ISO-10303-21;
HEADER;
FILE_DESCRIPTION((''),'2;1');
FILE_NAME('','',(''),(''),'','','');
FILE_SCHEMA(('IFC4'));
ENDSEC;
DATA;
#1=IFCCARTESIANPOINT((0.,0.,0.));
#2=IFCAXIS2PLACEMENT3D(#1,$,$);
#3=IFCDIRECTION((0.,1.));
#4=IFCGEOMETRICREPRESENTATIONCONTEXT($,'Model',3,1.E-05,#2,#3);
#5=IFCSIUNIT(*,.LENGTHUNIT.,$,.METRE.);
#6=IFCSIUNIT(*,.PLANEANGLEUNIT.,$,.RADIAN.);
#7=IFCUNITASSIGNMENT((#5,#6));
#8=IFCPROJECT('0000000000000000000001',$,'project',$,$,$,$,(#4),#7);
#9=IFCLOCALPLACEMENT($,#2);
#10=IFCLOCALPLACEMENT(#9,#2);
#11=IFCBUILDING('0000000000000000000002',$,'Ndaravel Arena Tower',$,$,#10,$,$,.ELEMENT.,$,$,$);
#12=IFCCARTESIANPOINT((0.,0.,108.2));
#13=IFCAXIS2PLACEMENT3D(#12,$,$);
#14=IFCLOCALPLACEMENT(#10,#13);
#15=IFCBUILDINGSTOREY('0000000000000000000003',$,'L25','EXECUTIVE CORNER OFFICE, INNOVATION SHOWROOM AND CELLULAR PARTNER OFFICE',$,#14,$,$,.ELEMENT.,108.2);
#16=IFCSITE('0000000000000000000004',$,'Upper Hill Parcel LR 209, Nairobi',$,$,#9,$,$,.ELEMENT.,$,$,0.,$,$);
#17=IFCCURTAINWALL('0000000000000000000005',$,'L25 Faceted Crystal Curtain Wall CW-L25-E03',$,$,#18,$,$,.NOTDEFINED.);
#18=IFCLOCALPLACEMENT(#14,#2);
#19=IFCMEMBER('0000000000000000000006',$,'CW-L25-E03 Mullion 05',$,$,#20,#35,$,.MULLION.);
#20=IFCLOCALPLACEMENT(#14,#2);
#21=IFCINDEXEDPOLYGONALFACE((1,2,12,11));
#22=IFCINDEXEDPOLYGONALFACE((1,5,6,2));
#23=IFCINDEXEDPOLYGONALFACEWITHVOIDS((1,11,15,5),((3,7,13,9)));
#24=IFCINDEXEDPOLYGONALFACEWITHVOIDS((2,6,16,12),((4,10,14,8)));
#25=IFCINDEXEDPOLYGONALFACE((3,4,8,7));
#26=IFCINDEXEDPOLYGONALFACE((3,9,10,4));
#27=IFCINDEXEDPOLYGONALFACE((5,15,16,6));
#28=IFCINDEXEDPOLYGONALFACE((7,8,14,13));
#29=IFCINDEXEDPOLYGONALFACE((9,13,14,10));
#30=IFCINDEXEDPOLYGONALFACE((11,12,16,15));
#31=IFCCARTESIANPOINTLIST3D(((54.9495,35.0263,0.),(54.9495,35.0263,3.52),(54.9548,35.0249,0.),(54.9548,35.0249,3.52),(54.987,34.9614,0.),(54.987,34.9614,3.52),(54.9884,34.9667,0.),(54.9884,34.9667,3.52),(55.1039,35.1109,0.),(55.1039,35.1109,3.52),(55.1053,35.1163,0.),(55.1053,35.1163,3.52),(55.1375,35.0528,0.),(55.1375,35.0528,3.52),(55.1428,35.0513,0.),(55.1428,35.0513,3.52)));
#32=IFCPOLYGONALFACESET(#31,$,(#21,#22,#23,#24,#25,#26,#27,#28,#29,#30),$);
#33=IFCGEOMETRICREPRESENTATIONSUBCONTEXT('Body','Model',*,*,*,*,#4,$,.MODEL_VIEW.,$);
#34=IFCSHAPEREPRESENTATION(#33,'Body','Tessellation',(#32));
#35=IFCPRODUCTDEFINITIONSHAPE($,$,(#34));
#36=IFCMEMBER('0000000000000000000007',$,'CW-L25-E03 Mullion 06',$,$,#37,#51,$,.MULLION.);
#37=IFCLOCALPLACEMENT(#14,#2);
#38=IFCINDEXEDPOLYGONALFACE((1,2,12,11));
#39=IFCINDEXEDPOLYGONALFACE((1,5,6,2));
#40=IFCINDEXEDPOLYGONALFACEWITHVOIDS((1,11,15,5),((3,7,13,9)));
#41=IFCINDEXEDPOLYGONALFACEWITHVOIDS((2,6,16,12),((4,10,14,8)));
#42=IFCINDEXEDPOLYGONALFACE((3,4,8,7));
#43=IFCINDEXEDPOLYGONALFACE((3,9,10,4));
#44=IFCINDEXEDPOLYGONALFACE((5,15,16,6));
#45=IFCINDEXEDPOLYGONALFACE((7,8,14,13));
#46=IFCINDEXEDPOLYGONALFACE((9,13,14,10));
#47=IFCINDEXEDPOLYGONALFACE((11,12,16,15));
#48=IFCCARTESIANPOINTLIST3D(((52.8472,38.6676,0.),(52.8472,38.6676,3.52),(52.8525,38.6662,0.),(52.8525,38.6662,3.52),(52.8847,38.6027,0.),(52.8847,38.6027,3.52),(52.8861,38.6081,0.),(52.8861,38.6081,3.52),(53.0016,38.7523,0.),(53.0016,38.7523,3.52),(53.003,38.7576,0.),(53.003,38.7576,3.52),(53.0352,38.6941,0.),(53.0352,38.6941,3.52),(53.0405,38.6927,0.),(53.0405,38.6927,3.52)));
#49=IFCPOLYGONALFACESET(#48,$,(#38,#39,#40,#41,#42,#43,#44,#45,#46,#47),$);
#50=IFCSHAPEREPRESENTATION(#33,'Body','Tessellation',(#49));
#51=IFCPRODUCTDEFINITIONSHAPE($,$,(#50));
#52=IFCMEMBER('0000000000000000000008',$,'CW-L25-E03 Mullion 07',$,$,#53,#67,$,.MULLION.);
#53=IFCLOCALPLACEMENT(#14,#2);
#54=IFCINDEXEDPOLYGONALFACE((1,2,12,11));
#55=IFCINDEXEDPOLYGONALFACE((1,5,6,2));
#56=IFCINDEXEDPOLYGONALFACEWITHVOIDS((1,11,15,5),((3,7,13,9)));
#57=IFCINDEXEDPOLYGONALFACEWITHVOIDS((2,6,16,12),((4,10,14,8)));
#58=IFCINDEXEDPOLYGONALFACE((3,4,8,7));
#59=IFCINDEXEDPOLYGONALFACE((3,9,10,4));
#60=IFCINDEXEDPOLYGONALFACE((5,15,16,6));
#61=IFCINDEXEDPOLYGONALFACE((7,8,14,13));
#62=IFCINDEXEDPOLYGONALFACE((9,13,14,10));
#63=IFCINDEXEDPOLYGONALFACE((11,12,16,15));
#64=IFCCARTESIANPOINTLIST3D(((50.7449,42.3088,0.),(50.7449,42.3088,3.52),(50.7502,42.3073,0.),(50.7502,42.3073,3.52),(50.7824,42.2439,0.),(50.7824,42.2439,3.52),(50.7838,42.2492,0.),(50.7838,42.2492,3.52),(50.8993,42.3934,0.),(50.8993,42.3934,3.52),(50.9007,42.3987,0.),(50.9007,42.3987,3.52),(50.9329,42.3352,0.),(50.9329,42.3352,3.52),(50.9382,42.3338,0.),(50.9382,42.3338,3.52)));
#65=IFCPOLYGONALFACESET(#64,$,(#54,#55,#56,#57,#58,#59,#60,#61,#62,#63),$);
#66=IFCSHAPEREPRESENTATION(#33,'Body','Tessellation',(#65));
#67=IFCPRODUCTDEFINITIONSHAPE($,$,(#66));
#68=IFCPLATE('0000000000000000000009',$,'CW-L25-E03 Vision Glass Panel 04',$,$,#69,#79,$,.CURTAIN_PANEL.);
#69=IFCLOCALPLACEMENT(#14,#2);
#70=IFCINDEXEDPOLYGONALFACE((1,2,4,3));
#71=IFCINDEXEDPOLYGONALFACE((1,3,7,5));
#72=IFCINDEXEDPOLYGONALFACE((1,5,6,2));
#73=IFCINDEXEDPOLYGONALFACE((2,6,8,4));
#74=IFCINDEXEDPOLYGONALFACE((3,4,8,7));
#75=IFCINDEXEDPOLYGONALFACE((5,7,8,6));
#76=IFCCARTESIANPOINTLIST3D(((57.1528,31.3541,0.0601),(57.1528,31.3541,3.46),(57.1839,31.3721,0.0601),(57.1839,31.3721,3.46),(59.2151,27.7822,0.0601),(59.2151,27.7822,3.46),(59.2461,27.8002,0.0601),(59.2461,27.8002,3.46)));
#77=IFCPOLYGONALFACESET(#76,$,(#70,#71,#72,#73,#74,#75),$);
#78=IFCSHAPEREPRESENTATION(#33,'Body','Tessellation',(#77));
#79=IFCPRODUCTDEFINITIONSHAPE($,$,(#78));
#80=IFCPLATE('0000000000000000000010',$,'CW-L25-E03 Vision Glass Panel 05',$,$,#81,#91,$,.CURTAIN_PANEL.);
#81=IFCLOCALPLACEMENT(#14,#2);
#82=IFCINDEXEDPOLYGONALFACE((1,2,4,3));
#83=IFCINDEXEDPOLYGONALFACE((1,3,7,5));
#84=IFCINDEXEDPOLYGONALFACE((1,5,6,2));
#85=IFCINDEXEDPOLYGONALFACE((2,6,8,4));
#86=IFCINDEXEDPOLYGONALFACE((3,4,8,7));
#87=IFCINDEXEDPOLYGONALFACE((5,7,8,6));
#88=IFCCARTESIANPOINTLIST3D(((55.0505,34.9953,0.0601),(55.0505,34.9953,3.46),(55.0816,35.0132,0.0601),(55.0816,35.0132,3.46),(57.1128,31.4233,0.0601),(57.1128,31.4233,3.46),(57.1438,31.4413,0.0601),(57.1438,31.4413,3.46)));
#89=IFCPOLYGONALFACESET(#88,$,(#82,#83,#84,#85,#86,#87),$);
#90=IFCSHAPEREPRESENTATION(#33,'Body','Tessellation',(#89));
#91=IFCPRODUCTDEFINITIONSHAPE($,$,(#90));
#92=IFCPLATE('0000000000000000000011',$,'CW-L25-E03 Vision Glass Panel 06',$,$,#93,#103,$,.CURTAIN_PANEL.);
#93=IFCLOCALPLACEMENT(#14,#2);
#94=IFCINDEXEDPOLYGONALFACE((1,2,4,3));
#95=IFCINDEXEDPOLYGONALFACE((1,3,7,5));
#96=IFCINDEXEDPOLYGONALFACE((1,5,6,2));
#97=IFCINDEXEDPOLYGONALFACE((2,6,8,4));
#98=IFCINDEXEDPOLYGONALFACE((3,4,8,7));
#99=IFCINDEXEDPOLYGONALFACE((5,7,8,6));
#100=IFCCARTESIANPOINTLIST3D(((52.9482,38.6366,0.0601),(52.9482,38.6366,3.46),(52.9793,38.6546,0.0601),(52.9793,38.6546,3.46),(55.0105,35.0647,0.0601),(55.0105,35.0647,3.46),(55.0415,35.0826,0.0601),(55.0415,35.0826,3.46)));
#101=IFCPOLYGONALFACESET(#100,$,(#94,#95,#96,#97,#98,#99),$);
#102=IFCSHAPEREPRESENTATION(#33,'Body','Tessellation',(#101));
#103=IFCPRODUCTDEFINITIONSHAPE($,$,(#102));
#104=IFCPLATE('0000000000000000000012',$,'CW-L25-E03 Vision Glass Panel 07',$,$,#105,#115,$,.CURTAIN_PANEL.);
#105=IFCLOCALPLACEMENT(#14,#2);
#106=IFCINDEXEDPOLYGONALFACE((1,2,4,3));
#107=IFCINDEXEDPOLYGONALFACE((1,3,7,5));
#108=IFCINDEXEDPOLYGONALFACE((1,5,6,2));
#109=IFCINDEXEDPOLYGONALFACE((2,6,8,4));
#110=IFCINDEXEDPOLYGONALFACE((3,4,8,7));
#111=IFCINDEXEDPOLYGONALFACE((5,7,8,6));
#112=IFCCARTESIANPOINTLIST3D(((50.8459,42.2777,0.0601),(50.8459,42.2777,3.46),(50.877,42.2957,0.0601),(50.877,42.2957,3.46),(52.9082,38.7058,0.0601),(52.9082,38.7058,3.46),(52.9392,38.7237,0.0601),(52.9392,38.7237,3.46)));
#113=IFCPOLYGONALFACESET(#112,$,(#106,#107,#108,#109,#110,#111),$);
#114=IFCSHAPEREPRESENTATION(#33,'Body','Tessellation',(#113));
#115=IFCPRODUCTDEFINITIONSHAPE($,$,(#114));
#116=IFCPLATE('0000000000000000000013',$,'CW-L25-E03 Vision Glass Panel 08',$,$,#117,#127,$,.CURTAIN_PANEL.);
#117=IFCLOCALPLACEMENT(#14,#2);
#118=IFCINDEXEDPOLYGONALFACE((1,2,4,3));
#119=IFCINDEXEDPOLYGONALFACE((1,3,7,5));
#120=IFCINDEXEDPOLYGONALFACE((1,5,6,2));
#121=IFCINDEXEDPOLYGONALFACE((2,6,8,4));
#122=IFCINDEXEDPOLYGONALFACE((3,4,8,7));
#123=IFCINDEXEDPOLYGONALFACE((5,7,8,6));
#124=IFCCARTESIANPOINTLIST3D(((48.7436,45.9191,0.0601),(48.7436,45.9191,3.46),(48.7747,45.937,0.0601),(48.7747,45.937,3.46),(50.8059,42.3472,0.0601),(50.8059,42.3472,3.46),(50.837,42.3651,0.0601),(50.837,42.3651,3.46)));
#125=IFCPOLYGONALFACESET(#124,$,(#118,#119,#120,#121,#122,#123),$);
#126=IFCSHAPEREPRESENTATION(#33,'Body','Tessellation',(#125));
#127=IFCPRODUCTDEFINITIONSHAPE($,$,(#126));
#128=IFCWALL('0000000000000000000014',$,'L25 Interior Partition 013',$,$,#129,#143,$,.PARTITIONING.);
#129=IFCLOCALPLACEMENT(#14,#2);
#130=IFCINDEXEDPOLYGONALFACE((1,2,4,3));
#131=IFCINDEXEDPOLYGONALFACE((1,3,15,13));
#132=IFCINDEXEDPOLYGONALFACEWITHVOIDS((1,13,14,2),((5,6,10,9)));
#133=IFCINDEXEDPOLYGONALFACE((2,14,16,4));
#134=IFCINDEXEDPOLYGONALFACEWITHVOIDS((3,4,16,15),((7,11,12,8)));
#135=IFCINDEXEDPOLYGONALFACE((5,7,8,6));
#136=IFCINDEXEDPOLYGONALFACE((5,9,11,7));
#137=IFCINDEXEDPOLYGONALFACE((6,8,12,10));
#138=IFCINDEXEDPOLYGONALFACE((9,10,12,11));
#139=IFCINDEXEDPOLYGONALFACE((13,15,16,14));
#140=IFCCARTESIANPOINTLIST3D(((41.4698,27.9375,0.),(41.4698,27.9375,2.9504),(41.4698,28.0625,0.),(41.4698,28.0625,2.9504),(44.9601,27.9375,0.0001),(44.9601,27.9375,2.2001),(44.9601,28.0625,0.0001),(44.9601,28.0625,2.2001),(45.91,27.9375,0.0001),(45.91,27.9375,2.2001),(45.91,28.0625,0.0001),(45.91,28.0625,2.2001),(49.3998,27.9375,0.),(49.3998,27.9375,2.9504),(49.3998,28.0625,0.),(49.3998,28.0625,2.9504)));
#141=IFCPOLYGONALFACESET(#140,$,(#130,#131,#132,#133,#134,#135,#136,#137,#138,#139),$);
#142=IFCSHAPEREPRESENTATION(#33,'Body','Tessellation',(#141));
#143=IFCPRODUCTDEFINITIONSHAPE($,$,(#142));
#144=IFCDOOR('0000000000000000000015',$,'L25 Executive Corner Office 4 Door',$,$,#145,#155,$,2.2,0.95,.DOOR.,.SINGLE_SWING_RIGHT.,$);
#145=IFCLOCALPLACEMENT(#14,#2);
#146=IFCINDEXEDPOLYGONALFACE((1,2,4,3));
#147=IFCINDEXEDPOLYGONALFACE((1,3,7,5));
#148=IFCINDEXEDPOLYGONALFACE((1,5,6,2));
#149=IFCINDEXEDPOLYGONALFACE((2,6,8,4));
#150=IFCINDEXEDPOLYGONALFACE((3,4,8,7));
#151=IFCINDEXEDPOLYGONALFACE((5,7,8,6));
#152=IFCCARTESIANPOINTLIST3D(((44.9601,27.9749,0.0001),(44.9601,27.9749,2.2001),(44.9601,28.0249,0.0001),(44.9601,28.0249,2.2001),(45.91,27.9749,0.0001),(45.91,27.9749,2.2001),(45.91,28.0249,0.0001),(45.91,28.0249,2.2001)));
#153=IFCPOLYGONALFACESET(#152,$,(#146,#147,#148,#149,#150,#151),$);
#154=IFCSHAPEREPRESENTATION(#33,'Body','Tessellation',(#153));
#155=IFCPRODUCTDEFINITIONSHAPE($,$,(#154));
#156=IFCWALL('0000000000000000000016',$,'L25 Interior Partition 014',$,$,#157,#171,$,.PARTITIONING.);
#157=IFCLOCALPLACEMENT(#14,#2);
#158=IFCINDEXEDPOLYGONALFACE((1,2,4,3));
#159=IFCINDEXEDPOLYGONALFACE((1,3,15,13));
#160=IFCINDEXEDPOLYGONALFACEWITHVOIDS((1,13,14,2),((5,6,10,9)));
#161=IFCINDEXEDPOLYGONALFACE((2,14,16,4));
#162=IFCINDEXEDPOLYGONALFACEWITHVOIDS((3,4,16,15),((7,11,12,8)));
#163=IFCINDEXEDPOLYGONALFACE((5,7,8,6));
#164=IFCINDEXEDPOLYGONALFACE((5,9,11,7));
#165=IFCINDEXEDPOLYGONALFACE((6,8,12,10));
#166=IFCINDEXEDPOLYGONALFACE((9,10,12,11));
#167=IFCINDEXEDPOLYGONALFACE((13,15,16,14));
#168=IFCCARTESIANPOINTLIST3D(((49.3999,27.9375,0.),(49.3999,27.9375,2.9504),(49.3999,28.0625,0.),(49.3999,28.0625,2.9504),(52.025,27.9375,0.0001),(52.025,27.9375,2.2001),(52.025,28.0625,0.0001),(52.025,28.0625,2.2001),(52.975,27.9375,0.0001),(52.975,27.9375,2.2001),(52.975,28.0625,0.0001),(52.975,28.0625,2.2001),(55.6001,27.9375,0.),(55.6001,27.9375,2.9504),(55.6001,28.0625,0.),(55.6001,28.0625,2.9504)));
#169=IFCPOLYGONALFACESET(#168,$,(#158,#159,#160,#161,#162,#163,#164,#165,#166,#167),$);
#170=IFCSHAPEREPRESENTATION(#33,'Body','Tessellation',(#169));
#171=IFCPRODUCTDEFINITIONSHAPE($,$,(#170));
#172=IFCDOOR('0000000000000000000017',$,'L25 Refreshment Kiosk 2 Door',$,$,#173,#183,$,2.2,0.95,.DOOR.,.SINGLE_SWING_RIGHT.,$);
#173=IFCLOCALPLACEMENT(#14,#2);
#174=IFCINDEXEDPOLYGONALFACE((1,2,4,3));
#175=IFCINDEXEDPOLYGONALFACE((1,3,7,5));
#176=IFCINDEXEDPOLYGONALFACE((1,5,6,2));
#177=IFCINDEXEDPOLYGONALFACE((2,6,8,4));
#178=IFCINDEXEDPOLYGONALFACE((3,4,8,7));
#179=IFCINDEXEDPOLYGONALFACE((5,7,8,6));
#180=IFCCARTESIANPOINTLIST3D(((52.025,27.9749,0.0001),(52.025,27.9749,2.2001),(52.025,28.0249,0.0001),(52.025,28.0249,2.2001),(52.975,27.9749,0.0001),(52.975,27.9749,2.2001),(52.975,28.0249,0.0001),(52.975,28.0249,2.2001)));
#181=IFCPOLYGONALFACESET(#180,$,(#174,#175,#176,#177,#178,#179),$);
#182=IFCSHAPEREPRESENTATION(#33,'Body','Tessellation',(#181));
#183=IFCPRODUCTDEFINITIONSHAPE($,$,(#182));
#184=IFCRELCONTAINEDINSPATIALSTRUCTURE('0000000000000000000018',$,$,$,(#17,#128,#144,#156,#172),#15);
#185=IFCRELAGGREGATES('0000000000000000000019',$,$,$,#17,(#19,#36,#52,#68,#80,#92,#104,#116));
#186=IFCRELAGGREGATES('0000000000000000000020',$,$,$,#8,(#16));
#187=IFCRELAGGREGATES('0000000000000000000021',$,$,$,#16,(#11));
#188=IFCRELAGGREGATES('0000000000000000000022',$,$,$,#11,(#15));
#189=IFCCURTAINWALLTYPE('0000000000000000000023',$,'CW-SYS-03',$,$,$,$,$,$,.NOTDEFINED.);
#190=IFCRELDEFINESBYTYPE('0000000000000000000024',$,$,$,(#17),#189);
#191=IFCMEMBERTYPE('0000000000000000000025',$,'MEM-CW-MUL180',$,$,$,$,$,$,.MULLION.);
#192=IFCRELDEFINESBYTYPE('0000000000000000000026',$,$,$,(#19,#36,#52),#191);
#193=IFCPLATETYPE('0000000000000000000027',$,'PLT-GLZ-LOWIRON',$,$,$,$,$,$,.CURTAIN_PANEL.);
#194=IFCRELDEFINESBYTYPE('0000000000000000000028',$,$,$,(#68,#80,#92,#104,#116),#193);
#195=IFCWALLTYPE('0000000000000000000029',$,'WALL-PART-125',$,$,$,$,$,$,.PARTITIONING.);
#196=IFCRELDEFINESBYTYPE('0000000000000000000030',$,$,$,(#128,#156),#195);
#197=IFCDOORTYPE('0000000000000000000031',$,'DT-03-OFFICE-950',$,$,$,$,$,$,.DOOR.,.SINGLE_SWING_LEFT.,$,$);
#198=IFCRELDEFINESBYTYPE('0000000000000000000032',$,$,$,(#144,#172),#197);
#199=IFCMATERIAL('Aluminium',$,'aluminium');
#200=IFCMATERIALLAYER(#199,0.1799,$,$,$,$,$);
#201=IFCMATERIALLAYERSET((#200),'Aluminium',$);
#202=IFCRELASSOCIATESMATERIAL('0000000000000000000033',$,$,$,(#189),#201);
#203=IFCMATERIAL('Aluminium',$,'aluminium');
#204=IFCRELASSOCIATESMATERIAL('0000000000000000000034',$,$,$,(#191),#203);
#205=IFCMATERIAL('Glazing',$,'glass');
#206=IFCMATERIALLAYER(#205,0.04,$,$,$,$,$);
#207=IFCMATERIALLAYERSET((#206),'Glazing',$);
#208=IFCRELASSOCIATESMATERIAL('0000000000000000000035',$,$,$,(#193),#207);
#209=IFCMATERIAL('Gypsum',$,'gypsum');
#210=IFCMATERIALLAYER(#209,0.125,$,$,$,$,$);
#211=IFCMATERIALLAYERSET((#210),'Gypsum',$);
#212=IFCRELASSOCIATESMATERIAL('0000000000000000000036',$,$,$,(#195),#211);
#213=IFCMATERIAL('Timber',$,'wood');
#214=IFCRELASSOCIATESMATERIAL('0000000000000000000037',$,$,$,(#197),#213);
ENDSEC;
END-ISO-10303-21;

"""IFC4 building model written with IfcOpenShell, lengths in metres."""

from ifc_helpers import new_model, si_unit, direction, frame, frame_2d, origin, origin_2d, place, context, subcontext, project, spatial, rectangle, hollow_rectangle, extrude, material, layer, layer_set, material_profile, profile_set, type_object, element, fill, aggregate, save


model = new_model("IFC4")

# Units and contexts
model_context = context("Model", 3, precision=1e-05, world=origin(), true_north=direction((0.0, 1.0)))
body_context = subcontext(model_context, "Body", "Model", "MODEL_VIEW")
ifc_project = project(units=[si_unit("LENGTHUNIT", "METRE"), si_unit("PLANEANGLEUNIT", "RADIAN")], contexts=[model_context])

# Site, building, storey
site_placement = place(None, origin())
site = spatial("IfcSite", under=ifc_project, at=site_placement, Name="Upper Hill Parcel LR 209, Nairobi", CompositionType="ELEMENT", RefElevation=0.0)
building_placement = place(site_placement, origin())
building = spatial("IfcBuilding", under=site, at=building_placement, Name="Ndaravel Arena Tower", CompositionType="ELEMENT")
storey_placement = place(building_placement, frame((0.0, 0.0, 108.2)))
storey = spatial("IfcBuildingStorey", under=building, at=storey_placement, Name="L25", Description="EXECUTIVE CORNER OFFICE, INNOVATION SHOWROOM AND CELLULAR PARTNER OFFICE", CompositionType="ELEMENT", Elevation=108.2)

# Curtain wall, members, plates
ifc_material_1 = material(Name="Aluminium", Category="aluminium")
ifc_layer_1 = layer(ifc_material_1, 0.1799)
ifc_layer_set_1 = layer_set([ifc_layer_1], Name="Aluminium")
curtain_wall_type = type_object("IfcCurtainWallType", Name="CW-SYS-03", PredefinedType="NOTDEFINED", material=ifc_layer_set_1)
curtain_wall_placement = place(storey_placement, origin())
curtain_wall = element("IfcCurtainWall", 1, at=curtain_wall_placement, inside=storey, type_object=curtain_wall_type, Name="L25 Faceted Crystal Curtain Wall CW-L25-E03", PredefinedType="NOTDEFINED")
ifc_material_2 = material(Name="Aluminium", Category="aluminium")
ifc_material_profile_1 = material_profile(ifc_material_2, hollow_rectangle(XDim=0.075, YDim=0.1799, WallThickness=0.0039, at=origin_2d()), Name="CW MULLION 75x180x4")
ifc_profile_set_1 = profile_set([ifc_material_profile_1], Name="Aluminium")
member_type = type_object("IfcMemberType", Name="MEM-CW-MUL180", PredefinedType="MULLION", material=ifc_profile_set_1)
member_1_placement = place(storey_placement, frame((55.0461, 35.0388, 0.0), z_axis=(0.0, 0.0, 1.0), x_axis=(-0.5, 0.866025, 0.0)))
member_1 = element("IfcMember", 2, at=member_1_placement, type_object=member_type, Name="CW-L25-E03 Mullion 05", PredefinedType="MULLION", context=body_context, shape_type="SweptSolid", body=[
    extrude(hollow_rectangle(XDim=0.075, YDim=0.1799, WallThickness=0.0039, at=origin_2d()), origin(), (0.0, 0.0, 1.0), 3.52),
])
member_2_placement = place(storey_placement, frame((52.9438, 38.6802, 0.0), z_axis=(0.0, 0.0, 1.0), x_axis=(-0.5, 0.866025, 0.0)))
member_2 = element("IfcMember", 3, at=member_2_placement, type_object=member_type, Name="CW-L25-E03 Mullion 06", PredefinedType="MULLION", context=body_context, shape_type="SweptSolid", body=[
    extrude(hollow_rectangle(XDim=0.075, YDim=0.1799, WallThickness=0.0039, at=origin_2d()), origin(), (0.0, 0.0, 1.0), 3.52),
])
member_3_placement = place(storey_placement, frame((50.8416, 42.3213, 0.0), z_axis=(0.0, 0.0, 1.0), x_axis=(-0.5, 0.866025, 0.0)))
member_3 = element("IfcMember", 4, at=member_3_placement, type_object=member_type, Name="CW-L25-E03 Mullion 07", PredefinedType="MULLION", context=body_context, shape_type="SweptSolid", body=[
    extrude(hollow_rectangle(XDim=0.075, YDim=0.1799, WallThickness=0.0039, at=origin_2d()), origin(), (0.0, 0.0, 1.0), 3.52),
])
ifc_material_3 = material(Name="Glazing", Category="glass")
ifc_layer_2 = layer(ifc_material_3, 0.04)
ifc_layer_set_2 = layer_set([ifc_layer_2], Name="Glazing")
plate_type = type_object("IfcPlateType", Name="PLT-GLZ-LOWIRON", PredefinedType="CURTAIN_PANEL", material=ifc_layer_set_2)
plate_1_placement = place(storey_placement, frame((58.1995, 29.5771, 0.0601), z_axis=(0.0, 0.0, 1.0), x_axis=(-0.5, 0.866025, 0.0)))
plate_1 = element("IfcPlate", 5, at=plate_1_placement, type_object=plate_type, Name="CW-L25-E03 Vision Glass Panel 04", PredefinedType="CURTAIN_PANEL", context=body_context, shape_type="SweptSolid", body=[
    extrude(rectangle(XDim=4.1245, YDim=0.0359, at=origin_2d()), origin(), (0.0, 0.0, 1.0), 3.3999),
])
plate_2_placement = place(storey_placement, frame((56.0972, 33.2183, 0.0601), z_axis=(0.0, 0.0, 1.0), x_axis=(-0.5, 0.866025, 0.0)))
plate_2 = element("IfcPlate", 6, at=plate_2_placement, type_object=plate_type, Name="CW-L25-E03 Vision Glass Panel 05", PredefinedType="CURTAIN_PANEL", context=body_context, shape_type="SweptSolid", body=[
    extrude(rectangle(XDim=4.1245, YDim=0.0359, at=origin_2d()), origin(), (0.0, 0.0, 1.0), 3.3999),
])
plate_3_placement = place(storey_placement, frame((53.9949, 36.8596, 0.0601), z_axis=(0.0, 0.0, 1.0), x_axis=(-0.5, 0.866025, 0.0)))
plate_3 = element("IfcPlate", 7, at=plate_3_placement, type_object=plate_type, Name="CW-L25-E03 Vision Glass Panel 06", PredefinedType="CURTAIN_PANEL", context=body_context, shape_type="SweptSolid", body=[
    extrude(rectangle(XDim=4.1245, YDim=0.0359, at=origin_2d()), origin(), (0.0, 0.0, 1.0), 3.3999),
])
plate_4_placement = place(storey_placement, frame((51.8926, 40.5007, 0.0601), z_axis=(0.0, 0.0, 1.0), x_axis=(-0.5, 0.866025, 0.0)))
plate_4 = element("IfcPlate", 8, at=plate_4_placement, type_object=plate_type, Name="CW-L25-E03 Vision Glass Panel 07", PredefinedType="CURTAIN_PANEL", context=body_context, shape_type="SweptSolid", body=[
    extrude(rectangle(XDim=4.1245, YDim=0.0359, at=origin_2d()), origin(), (0.0, 0.0, 1.0), 3.3999),
])
plate_5_placement = place(storey_placement, frame((49.7903, 44.1421, 0.0601), z_axis=(0.0, 0.0, 1.0), x_axis=(-0.5, 0.866025, 0.0)))
plate_5 = element("IfcPlate", 9, at=plate_5_placement, type_object=plate_type, Name="CW-L25-E03 Vision Glass Panel 08", PredefinedType="CURTAIN_PANEL", context=body_context, shape_type="SweptSolid", body=[
    extrude(rectangle(XDim=4.1245, YDim=0.0359, at=origin_2d()), origin(), (0.0, 0.0, 1.0), 3.3999),
])
aggregate(curtain_wall, [member_1, member_2, member_3, plate_1, plate_2, plate_3, plate_4, plate_5])

# Walls, openings, doors
ifc_material_4 = material(Name="Gypsum", Category="gypsum")
ifc_layer_3 = layer(ifc_material_4, 0.125)
ifc_layer_set_3 = layer_set([ifc_layer_3], Name="Gypsum")
wall_type = type_object("IfcWallType", Name="WALL-PART-125", PredefinedType="PARTITIONING", material=ifc_layer_set_3)
wall_1_placement = place(storey_placement, frame((41.47, 28.0, 0.0), z_axis=(0.0, 0.0, 1.0), x_axis=(1.0, 0.0, 0.0)))
wall_1 = element("IfcWall", 10, at=wall_1_placement, inside=storey, type_object=wall_type, Name="L25 Interior Partition 013", PredefinedType="PARTITIONING", context=body_context, shape_type="SweptSolid", body=[
    extrude(rectangle(XDim=7.9299, YDim=0.125, at=frame_2d((3.9648, 0.0))), origin(), (0.0, 0.0, 1.0), 2.9504),
])
opening_1_placement = place(wall_1_placement, frame((3.49, 0.0, 0.0)))
opening_1 = element("IfcOpeningElement", 11, at=opening_1_placement, cuts=wall_1, PredefinedType="OPENING", context=body_context, shape_type="SweptSolid", body=[
    extrude(rectangle(XDim=0.95, YDim=2.2, at=frame_2d((0.4751, 1.1001))), frame((0.0, 0.0625, 0.0), z_axis=(0.0, -1.0, 0.0), x_axis=(1.0, 0.0, 0.0)), (0.0, 0.0, 1.0), 0.125),
])
ifc_material_5 = material(Name="Timber", Category="wood")
door_type = type_object("IfcDoorType", Name="DT-03-OFFICE-950", OperationType="SINGLE_SWING_LEFT", PredefinedType="DOOR", material=ifc_material_5)
door_1_placement = place(opening_1_placement, origin())
door_1 = element("IfcDoor", 12, at=door_1_placement, inside=storey, type_object=door_type, Name="L25 Executive Corner Office 4 Door", OperationType="SINGLE_SWING_RIGHT", OverallHeight=2.2, OverallWidth=0.95, PredefinedType="DOOR", context=body_context, shape_type="SweptSolid", body=[
    extrude(rectangle(XDim=0.95, YDim=2.2, at=frame_2d((0.4751, 1.1001))), frame((0.0, 0.0249, 0.0), z_axis=(0.0, -1.0, 0.0), x_axis=(1.0, 0.0, 0.0)), (0.0, 0.0, 1.0), 0.05),
])
fill(opening_1, door_1)
wall_2_placement = place(storey_placement, frame((49.3999, 28.0, 0.0), z_axis=(0.0, 0.0, 1.0), x_axis=(1.0, 0.0, 0.0)))
wall_2 = element("IfcWall", 13, at=wall_2_placement, inside=storey, type_object=wall_type, Name="L25 Interior Partition 014", PredefinedType="PARTITIONING", context=body_context, shape_type="SweptSolid", body=[
    extrude(rectangle(XDim=6.2002, YDim=0.125, at=frame_2d((3.1001, 0.0))), origin(), (0.0, 0.0, 1.0), 2.9504),
])
opening_2_placement = place(wall_2_placement, frame((2.625, 0.0, 0.0)))
opening_2 = element("IfcOpeningElement", 14, at=opening_2_placement, cuts=wall_2, PredefinedType="OPENING", context=body_context, shape_type="SweptSolid", body=[
    extrude(rectangle(XDim=0.95, YDim=2.2, at=frame_2d((0.4751, 1.1001))), frame((0.0, 0.0625, 0.0), z_axis=(0.0, -1.0, 0.0), x_axis=(1.0, 0.0, 0.0)), (0.0, 0.0, 1.0), 0.125),
])
door_2_placement = place(opening_2_placement, origin())
door_2 = element("IfcDoor", 15, at=door_2_placement, inside=storey, type_object=door_type, Name="L25 Refreshment Kiosk 2 Door", OperationType="SINGLE_SWING_RIGHT", OverallHeight=2.2, OverallWidth=0.95, PredefinedType="DOOR", context=body_context, shape_type="SweptSolid", body=[
    extrude(rectangle(XDim=0.95, YDim=2.2, at=frame_2d((0.4751, 1.1001))), frame((0.0, 0.0249, 0.0), z_axis=(0.0, -1.0, 0.0), x_axis=(1.0, 0.0, 0.0)), (0.0, 0.0, 1.0), 0.05),
])
fill(opening_2, door_2)

save(model, "model.ifc")
